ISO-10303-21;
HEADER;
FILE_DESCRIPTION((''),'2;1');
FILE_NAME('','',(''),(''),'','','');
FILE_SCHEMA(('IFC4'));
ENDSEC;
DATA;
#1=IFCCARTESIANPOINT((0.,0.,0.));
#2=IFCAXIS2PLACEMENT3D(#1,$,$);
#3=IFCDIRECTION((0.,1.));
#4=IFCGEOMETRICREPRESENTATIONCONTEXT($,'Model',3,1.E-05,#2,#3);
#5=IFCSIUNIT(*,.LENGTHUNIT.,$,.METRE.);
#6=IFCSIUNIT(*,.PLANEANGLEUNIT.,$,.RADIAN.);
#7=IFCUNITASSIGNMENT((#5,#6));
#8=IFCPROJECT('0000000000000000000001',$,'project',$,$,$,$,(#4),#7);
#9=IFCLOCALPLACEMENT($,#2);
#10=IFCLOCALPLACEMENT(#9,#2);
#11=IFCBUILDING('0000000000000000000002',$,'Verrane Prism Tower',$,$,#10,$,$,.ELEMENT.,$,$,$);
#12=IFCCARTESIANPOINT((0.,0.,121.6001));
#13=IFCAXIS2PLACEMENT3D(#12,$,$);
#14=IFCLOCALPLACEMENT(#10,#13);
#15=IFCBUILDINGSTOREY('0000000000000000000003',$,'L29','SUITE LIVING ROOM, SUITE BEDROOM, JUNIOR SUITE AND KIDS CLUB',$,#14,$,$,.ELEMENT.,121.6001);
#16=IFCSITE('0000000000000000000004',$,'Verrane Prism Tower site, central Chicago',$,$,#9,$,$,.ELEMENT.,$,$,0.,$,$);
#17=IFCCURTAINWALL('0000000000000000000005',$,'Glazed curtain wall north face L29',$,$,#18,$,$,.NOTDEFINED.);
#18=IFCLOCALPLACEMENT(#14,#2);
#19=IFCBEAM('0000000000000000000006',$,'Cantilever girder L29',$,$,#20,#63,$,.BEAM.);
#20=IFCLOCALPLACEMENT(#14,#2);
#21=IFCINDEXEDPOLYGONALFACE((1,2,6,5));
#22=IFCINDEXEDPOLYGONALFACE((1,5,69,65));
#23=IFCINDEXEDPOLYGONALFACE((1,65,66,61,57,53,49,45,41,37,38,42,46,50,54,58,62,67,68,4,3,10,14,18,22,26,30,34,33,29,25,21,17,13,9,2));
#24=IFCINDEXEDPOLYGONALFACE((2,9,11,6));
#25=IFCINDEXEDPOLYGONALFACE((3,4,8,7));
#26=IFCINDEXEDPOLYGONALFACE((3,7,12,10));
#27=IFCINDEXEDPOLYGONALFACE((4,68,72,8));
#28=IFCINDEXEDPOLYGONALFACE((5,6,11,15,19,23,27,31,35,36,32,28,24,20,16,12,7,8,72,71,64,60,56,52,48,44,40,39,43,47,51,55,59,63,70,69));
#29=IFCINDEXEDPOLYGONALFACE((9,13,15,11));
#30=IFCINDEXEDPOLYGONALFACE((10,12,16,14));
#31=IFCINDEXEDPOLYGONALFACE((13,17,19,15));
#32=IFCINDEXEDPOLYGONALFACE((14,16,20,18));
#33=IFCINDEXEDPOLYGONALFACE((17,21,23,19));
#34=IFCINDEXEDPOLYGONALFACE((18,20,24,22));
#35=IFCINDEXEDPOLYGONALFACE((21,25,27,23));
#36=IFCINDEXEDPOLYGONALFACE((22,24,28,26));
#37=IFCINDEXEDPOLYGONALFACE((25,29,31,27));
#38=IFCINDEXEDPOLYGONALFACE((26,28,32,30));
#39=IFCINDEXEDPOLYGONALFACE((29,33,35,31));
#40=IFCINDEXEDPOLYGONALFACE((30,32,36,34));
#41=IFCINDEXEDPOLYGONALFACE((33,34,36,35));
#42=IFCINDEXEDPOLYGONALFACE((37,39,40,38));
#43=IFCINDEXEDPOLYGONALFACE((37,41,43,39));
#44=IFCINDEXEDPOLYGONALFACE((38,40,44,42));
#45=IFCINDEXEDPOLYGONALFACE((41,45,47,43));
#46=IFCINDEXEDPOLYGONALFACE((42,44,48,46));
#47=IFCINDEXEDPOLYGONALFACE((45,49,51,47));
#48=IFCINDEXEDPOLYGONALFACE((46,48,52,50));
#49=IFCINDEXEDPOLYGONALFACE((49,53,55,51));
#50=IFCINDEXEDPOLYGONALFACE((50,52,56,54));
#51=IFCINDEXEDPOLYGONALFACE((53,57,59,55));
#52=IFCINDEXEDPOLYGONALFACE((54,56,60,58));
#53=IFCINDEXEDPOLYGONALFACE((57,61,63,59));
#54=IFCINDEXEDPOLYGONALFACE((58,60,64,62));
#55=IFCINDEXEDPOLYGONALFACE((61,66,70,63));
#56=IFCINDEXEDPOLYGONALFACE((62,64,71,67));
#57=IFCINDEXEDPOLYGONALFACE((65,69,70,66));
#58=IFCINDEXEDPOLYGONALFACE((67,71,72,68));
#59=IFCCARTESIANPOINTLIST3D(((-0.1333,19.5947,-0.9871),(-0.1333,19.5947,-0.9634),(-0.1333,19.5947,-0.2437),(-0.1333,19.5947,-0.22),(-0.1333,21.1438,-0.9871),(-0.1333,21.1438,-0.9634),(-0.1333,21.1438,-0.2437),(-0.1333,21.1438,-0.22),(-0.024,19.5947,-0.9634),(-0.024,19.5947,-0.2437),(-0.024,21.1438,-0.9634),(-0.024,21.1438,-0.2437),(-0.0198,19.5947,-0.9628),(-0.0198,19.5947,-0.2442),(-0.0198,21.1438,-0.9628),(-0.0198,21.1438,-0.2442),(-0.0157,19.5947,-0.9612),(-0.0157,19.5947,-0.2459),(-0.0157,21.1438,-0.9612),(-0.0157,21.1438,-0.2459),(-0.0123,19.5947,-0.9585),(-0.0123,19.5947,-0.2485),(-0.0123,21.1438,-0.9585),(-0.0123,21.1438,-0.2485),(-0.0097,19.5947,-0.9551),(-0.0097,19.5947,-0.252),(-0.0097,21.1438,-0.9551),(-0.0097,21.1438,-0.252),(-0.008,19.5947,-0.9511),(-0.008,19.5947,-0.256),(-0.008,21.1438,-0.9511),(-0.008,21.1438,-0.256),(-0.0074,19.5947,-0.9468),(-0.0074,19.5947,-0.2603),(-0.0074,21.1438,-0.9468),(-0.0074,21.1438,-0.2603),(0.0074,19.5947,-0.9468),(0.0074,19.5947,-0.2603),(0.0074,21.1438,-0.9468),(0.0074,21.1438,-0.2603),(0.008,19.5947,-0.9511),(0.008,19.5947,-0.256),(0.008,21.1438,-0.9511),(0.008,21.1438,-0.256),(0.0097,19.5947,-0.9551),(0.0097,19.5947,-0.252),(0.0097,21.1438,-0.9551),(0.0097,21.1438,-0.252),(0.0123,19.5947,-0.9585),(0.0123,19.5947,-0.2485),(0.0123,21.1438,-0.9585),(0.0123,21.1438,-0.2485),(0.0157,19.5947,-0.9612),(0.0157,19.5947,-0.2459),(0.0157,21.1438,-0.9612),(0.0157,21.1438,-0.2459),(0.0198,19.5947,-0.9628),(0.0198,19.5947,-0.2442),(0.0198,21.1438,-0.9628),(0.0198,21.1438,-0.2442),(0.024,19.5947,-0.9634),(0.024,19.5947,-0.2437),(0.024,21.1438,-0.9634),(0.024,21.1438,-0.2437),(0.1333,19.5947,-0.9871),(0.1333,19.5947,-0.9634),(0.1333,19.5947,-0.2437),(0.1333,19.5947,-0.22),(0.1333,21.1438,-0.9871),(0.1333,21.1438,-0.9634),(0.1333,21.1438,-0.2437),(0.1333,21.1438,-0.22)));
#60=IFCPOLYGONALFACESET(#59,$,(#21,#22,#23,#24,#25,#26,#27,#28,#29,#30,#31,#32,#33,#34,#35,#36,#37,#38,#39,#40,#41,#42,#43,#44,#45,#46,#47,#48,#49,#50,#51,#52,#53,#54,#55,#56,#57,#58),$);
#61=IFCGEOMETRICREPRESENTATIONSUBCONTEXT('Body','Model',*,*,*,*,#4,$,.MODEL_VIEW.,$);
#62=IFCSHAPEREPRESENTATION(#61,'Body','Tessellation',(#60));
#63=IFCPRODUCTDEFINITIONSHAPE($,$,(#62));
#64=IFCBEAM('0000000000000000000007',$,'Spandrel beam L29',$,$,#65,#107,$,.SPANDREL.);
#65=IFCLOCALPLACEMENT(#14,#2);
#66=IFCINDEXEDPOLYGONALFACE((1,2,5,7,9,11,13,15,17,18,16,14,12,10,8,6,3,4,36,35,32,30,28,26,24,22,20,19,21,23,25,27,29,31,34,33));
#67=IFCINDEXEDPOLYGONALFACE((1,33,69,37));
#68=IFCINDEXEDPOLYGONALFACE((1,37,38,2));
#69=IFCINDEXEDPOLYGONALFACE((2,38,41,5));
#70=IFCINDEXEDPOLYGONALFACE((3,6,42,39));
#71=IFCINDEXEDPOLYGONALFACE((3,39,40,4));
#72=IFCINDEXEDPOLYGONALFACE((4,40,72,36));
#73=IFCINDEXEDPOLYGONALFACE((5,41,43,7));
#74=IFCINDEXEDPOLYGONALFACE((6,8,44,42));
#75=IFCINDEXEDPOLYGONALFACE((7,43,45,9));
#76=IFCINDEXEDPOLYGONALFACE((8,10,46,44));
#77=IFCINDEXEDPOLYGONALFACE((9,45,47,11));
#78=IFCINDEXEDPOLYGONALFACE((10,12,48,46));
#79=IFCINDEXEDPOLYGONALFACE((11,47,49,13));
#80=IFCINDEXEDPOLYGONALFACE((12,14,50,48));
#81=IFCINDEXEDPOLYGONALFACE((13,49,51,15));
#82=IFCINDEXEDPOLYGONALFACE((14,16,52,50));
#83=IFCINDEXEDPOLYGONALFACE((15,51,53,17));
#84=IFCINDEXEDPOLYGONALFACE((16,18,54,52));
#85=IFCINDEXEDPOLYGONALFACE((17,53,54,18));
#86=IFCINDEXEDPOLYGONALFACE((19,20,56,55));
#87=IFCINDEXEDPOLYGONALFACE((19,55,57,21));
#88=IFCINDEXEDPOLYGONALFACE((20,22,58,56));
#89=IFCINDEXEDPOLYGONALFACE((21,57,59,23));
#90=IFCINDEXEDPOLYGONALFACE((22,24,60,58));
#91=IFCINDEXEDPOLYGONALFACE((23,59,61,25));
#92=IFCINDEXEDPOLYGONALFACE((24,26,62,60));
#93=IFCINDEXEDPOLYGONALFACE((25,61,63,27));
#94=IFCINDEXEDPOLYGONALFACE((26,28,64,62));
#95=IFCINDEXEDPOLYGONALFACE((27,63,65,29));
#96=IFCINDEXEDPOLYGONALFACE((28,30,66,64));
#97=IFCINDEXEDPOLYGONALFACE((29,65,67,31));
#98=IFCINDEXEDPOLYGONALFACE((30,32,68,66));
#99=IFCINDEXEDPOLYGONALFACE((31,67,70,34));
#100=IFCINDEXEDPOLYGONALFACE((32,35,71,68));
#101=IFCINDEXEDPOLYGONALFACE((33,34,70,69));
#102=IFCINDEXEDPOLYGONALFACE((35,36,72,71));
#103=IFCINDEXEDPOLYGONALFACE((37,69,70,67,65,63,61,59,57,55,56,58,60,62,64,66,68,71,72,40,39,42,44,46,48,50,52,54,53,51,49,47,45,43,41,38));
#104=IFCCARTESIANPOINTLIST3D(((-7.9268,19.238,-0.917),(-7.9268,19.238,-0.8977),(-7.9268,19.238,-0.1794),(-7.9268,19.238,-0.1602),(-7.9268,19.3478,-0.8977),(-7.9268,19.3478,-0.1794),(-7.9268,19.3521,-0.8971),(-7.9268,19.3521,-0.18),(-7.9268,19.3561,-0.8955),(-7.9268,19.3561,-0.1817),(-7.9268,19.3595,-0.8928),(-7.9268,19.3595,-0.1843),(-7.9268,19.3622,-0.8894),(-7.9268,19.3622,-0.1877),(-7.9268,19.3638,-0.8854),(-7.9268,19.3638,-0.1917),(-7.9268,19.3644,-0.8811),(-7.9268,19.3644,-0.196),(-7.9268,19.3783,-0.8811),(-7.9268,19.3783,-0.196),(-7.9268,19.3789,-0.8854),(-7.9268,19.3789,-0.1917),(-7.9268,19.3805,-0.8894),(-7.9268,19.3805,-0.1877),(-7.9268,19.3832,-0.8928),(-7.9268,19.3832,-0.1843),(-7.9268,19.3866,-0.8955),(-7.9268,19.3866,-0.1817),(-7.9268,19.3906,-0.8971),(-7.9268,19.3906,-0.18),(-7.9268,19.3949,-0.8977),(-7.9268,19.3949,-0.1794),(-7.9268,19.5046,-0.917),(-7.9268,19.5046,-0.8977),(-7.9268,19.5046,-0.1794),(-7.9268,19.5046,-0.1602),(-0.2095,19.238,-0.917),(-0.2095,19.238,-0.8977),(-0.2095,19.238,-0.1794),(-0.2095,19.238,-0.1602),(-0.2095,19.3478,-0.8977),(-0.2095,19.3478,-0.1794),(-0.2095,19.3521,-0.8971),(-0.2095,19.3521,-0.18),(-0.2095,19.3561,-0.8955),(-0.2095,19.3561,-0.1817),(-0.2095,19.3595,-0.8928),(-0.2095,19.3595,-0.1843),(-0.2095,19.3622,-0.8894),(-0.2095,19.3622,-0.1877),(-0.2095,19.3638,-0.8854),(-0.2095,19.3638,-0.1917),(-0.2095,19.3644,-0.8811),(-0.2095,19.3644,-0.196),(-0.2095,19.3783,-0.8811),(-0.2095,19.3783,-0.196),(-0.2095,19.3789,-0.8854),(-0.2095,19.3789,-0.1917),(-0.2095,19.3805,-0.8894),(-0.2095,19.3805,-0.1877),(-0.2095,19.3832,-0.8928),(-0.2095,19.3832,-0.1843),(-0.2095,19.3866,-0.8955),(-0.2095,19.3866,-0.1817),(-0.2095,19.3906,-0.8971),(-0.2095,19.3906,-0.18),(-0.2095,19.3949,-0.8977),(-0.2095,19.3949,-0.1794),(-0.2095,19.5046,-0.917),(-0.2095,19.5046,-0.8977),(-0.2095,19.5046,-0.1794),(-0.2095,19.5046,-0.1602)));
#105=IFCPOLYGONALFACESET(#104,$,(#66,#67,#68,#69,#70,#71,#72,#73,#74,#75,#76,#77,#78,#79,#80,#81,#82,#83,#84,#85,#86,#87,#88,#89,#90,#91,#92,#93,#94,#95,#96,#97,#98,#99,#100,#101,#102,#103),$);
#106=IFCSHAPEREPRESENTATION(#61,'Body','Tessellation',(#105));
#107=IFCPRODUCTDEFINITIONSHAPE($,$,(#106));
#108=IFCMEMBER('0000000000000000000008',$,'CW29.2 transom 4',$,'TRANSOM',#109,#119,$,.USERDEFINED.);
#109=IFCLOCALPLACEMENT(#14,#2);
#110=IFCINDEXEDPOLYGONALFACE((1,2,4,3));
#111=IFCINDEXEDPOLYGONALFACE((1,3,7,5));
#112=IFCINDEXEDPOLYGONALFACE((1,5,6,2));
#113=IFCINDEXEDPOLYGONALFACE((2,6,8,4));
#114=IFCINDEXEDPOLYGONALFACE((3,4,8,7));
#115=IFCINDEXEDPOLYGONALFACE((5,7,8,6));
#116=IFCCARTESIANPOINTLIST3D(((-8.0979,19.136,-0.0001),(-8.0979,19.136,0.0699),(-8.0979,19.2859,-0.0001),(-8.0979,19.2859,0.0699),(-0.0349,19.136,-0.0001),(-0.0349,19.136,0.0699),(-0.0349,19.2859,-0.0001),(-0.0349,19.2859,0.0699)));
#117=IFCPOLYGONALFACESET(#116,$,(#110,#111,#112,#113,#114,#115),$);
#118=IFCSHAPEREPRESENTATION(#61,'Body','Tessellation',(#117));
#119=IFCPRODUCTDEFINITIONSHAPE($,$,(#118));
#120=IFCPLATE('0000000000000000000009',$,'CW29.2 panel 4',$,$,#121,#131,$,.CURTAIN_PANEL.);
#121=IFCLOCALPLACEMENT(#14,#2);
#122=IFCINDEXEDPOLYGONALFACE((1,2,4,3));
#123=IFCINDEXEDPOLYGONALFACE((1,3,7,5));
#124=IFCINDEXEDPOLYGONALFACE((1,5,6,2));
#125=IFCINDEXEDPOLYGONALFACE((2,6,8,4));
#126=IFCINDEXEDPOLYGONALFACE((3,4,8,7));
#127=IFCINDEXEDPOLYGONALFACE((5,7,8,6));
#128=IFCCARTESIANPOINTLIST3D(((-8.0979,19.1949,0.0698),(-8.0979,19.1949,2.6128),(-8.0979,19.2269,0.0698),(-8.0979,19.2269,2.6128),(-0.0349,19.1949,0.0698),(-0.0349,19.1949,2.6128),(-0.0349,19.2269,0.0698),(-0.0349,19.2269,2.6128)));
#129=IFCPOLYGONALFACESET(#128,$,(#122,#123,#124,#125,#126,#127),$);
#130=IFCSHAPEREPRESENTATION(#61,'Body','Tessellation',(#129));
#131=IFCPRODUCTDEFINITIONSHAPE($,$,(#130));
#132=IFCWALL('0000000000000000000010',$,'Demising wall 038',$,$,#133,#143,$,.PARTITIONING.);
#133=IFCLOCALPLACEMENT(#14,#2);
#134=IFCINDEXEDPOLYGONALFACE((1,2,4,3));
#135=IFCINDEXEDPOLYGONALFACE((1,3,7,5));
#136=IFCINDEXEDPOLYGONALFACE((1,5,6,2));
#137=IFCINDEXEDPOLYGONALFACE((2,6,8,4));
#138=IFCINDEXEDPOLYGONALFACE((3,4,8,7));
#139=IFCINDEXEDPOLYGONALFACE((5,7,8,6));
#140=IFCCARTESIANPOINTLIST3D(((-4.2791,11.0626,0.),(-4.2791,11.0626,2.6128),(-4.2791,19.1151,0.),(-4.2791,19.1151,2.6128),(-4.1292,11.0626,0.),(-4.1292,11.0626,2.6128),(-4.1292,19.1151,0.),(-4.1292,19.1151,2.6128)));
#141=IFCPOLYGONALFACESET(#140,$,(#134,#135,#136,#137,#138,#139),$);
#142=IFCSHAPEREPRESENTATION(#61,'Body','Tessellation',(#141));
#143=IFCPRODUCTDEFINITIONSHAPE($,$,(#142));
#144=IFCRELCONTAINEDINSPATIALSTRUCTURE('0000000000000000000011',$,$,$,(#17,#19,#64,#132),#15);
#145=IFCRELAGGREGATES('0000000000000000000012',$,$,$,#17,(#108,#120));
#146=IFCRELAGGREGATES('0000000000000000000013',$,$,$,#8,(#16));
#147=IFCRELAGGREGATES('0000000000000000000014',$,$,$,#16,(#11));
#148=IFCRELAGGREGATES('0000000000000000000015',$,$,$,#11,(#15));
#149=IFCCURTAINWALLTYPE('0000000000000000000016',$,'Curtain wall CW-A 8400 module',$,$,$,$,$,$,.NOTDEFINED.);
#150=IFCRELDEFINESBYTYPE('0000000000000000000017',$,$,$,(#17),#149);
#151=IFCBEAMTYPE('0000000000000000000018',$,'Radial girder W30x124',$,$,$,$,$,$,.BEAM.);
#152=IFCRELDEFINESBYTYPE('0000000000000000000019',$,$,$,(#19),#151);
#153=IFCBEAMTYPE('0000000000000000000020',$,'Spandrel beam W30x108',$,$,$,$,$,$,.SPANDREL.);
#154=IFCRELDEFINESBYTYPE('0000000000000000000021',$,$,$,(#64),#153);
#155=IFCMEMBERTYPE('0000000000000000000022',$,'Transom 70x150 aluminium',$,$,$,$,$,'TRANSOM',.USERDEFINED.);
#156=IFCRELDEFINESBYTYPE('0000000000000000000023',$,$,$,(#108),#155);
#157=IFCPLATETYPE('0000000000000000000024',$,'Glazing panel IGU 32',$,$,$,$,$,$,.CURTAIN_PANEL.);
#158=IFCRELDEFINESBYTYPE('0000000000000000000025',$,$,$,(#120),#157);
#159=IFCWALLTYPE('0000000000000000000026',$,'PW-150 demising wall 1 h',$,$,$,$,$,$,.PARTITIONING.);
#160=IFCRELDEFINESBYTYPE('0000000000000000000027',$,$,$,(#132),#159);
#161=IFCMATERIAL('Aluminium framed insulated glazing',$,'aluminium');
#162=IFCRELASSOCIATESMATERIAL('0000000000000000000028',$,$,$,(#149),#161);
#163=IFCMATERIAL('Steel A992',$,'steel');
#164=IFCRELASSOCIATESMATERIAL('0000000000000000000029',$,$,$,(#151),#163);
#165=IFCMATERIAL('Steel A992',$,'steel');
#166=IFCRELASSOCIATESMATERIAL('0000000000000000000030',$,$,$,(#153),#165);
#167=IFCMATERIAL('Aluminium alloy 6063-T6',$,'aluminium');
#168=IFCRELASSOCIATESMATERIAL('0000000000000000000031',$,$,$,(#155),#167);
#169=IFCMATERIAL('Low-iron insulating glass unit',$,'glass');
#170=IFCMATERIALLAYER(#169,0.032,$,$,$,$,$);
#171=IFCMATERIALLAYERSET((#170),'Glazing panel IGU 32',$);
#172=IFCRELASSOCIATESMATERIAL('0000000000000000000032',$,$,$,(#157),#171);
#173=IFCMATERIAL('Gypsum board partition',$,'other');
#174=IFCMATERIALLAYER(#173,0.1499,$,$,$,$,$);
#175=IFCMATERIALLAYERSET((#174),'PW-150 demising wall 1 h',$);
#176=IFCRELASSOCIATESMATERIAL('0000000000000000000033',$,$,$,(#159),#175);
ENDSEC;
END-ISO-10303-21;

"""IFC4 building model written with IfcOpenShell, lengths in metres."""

from ifc_helpers import new_model, si_unit, direction, frame, frame_2d, origin, origin_2d, place, context, subcontext, project, spatial, rectangle, i_section, extrude, material, layer, layer_set, material_profile, profile_set, type_object, element, aggregate, save


model = new_model("IFC4")

# Units and contexts
model_context = context("Model", 3, precision=1e-05, world=origin(), true_north=direction((0.0, 1.0)))
body_context = subcontext(model_context, "Body", "Model", "MODEL_VIEW")
ifc_project = project(units=[si_unit("LENGTHUNIT", "METRE"), si_unit("PLANEANGLEUNIT", "RADIAN")], contexts=[model_context])

# Site, building, storey
site_placement = place(None, origin())
site = spatial("IfcSite", under=ifc_project, at=site_placement, Name="Verrane Prism Tower site, central Chicago", CompositionType="ELEMENT", RefElevation=0.0)
building_placement = place(site_placement, origin())
building = spatial("IfcBuilding", under=site, at=building_placement, Name="Verrane Prism Tower", CompositionType="ELEMENT")
storey_placement = place(building_placement, frame((0.0, 0.0, 121.6001)))
storey = spatial("IfcBuildingStorey", under=building, at=storey_placement, Name="L29", Description="SUITE LIVING ROOM, SUITE BEDROOM, JUNIOR SUITE AND KIDS CLUB", CompositionType="ELEMENT", Elevation=121.6001)

# Curtain wall
ifc_material_1 = material(Name="Aluminium framed insulated glazing", Category="aluminium")
curtain_wall_type = type_object("IfcCurtainWallType", Name="Curtain wall CW-A 8400 module", PredefinedType="NOTDEFINED", material=ifc_material_1)
curtain_wall_placement = place(storey_placement, origin())
curtain_wall = element("IfcCurtainWall", 1, at=curtain_wall_placement, inside=storey, type_object=curtain_wall_type, Name="Glazed curtain wall north face L29", PredefinedType="NOTDEFINED")

# Beams
ifc_material_2 = material(Name="Steel A992", Category="steel")
ifc_material_profile_1 = material_profile(ifc_material_2, i_section(OverallWidth=0.2666, OverallDepth=0.7671, WebThickness=0.0149, FlangeThickness=0.0237, FilletRadius=0.0166, at=origin_2d()), Name="W30x124")
ifc_profile_set_1 = profile_set([ifc_material_profile_1], Name="Steel A992")
beam_type_1 = type_object("IfcBeamType", Name="Radial girder W30x124", PredefinedType="BEAM", material=ifc_profile_set_1)
beam_1_placement = place(storey_placement, frame((0.0, 19.5947, -0.6035), z_axis=(0.0, 1.0, 0.0), x_axis=(-1.0, 0.0, 0.0)))
element("IfcBeam", 2, at=beam_1_placement, inside=storey, type_object=beam_type_1, Name="Cantilever girder L29", PredefinedType="BEAM", context=body_context, shape_type="SweptSolid", body=[
    extrude(i_section(OverallWidth=0.2666, OverallDepth=0.7671, WebThickness=0.0149, FlangeThickness=0.0237, FilletRadius=0.0166, at=origin_2d()), origin(), (0.0, 0.0, 1.0), 1.5491),
])
ifc_material_3 = material(Name="Steel A992", Category="steel")
ifc_material_profile_2 = material_profile(ifc_material_3, i_section(OverallWidth=0.2666, OverallDepth=0.7568, WebThickness=0.0139, FlangeThickness=0.0193, FilletRadius=0.0166, at=origin_2d()), Name="W30x108")
ifc_profile_set_2 = profile_set([ifc_material_profile_2], Name="Steel A992")
beam_type_2 = type_object("IfcBeamType", Name="Spandrel beam W30x108", PredefinedType="SPANDREL", material=ifc_profile_set_2)
beam_2_placement = place(storey_placement, frame((-0.2095, 19.3713, -0.5386), z_axis=(-1.0, 0.0, 0.0), x_axis=(0.0, -1.0, 0.0)))
element("IfcBeam", 3, at=beam_2_placement, inside=storey, type_object=beam_type_2, Name="Spandrel beam L29", PredefinedType="SPANDREL", context=body_context, shape_type="SweptSolid", body=[
    extrude(i_section(OverallWidth=0.2666, OverallDepth=0.7568, WebThickness=0.0139, FlangeThickness=0.0193, FilletRadius=0.0166, at=origin_2d()), origin(), (0.0, 0.0, 1.0), 7.7173),
])

# Member
ifc_material_4 = material(Name="Aluminium alloy 6063-T6", Category="aluminium")
ifc_material_profile_3 = material_profile(ifc_material_4, rectangle(XDim=0.1499, YDim=0.0701, at=origin_2d()), Name="Transom 70x150 aluminium")
ifc_profile_set_3 = profile_set([ifc_material_profile_3], Name="Aluminium alloy 6063-T6")
member_type_1 = type_object("IfcMemberType", Name="Transom 70x150 aluminium", ElementType="TRANSOM", PredefinedType="USERDEFINED", material=ifc_profile_set_3)
member_1_placement = place(storey_placement, frame((-0.0349, 19.2109, 0.0349), z_axis=(-1.0, 0.0, 0.0), x_axis=(0.0, -1.0, 0.0)))
member_1 = element("IfcMember", 4, at=member_1_placement, type_object=member_type_1, Name="CW29.2 transom 4", ObjectType="TRANSOM", PredefinedType="USERDEFINED", context=body_context, shape_type="SweptSolid", body=[
    extrude(rectangle(XDim=0.1499, YDim=0.0701, at=origin_2d()), origin(), (0.0, 0.0, 1.0), 8.063),
])

# Plate
ifc_material_5 = material(Name="Low-iron insulating glass unit", Category="glass")
ifc_layer_1 = layer(ifc_material_5, 0.032)
ifc_layer_set_1 = layer_set([ifc_layer_1], Name="Glazing panel IGU 32")
plate_type = type_object("IfcPlateType", Name="Glazing panel IGU 32", PredefinedType="CURTAIN_PANEL", material=ifc_layer_set_1)
plate_placement = place(storey_placement, frame((-4.0664, 19.2109, 0.0698), z_axis=(0.0, 0.0, 1.0), x_axis=(-1.0, 0.0, 0.0)))
plate = element("IfcPlate", 5, at=plate_placement, type_object=plate_type, Name="CW29.2 panel 4", PredefinedType="CURTAIN_PANEL", context=body_context, shape_type="SweptSolid", body=[
    extrude(rectangle(XDim=8.063, YDim=0.032, at=origin_2d()), origin(), (0.0, 0.0, 1.0), 2.543),
])
aggregate(curtain_wall, [member_1, plate])

# Wall
ifc_material_6 = material(Name="Gypsum board partition", Category="other")
ifc_layer_2 = layer(ifc_material_6, 0.1499)
ifc_layer_set_2 = layer_set([ifc_layer_2], Name="PW-150 demising wall 1 h")
wall_type = type_object("IfcWallType", Name="PW-150 demising wall 1 h", PredefinedType="PARTITIONING", material=ifc_layer_set_2)
wall_placement = place(storey_placement, frame((-4.2041, 11.0625, 0.0), z_axis=(0.0, 0.0, 1.0), x_axis=(0.0, 1.0, 0.0)))
element("IfcWall", 6, at=wall_placement, inside=storey, type_object=wall_type, Name="Demising wall 038", PredefinedType="PARTITIONING", context=body_context, shape_type="SweptSolid", body=[
    extrude(rectangle(XDim=8.0525, YDim=0.1499, at=frame_2d((4.0264, 0.0))), origin(), (0.0, 0.0, 1.0), 2.6128),
])

save(model, "model.ifc")
